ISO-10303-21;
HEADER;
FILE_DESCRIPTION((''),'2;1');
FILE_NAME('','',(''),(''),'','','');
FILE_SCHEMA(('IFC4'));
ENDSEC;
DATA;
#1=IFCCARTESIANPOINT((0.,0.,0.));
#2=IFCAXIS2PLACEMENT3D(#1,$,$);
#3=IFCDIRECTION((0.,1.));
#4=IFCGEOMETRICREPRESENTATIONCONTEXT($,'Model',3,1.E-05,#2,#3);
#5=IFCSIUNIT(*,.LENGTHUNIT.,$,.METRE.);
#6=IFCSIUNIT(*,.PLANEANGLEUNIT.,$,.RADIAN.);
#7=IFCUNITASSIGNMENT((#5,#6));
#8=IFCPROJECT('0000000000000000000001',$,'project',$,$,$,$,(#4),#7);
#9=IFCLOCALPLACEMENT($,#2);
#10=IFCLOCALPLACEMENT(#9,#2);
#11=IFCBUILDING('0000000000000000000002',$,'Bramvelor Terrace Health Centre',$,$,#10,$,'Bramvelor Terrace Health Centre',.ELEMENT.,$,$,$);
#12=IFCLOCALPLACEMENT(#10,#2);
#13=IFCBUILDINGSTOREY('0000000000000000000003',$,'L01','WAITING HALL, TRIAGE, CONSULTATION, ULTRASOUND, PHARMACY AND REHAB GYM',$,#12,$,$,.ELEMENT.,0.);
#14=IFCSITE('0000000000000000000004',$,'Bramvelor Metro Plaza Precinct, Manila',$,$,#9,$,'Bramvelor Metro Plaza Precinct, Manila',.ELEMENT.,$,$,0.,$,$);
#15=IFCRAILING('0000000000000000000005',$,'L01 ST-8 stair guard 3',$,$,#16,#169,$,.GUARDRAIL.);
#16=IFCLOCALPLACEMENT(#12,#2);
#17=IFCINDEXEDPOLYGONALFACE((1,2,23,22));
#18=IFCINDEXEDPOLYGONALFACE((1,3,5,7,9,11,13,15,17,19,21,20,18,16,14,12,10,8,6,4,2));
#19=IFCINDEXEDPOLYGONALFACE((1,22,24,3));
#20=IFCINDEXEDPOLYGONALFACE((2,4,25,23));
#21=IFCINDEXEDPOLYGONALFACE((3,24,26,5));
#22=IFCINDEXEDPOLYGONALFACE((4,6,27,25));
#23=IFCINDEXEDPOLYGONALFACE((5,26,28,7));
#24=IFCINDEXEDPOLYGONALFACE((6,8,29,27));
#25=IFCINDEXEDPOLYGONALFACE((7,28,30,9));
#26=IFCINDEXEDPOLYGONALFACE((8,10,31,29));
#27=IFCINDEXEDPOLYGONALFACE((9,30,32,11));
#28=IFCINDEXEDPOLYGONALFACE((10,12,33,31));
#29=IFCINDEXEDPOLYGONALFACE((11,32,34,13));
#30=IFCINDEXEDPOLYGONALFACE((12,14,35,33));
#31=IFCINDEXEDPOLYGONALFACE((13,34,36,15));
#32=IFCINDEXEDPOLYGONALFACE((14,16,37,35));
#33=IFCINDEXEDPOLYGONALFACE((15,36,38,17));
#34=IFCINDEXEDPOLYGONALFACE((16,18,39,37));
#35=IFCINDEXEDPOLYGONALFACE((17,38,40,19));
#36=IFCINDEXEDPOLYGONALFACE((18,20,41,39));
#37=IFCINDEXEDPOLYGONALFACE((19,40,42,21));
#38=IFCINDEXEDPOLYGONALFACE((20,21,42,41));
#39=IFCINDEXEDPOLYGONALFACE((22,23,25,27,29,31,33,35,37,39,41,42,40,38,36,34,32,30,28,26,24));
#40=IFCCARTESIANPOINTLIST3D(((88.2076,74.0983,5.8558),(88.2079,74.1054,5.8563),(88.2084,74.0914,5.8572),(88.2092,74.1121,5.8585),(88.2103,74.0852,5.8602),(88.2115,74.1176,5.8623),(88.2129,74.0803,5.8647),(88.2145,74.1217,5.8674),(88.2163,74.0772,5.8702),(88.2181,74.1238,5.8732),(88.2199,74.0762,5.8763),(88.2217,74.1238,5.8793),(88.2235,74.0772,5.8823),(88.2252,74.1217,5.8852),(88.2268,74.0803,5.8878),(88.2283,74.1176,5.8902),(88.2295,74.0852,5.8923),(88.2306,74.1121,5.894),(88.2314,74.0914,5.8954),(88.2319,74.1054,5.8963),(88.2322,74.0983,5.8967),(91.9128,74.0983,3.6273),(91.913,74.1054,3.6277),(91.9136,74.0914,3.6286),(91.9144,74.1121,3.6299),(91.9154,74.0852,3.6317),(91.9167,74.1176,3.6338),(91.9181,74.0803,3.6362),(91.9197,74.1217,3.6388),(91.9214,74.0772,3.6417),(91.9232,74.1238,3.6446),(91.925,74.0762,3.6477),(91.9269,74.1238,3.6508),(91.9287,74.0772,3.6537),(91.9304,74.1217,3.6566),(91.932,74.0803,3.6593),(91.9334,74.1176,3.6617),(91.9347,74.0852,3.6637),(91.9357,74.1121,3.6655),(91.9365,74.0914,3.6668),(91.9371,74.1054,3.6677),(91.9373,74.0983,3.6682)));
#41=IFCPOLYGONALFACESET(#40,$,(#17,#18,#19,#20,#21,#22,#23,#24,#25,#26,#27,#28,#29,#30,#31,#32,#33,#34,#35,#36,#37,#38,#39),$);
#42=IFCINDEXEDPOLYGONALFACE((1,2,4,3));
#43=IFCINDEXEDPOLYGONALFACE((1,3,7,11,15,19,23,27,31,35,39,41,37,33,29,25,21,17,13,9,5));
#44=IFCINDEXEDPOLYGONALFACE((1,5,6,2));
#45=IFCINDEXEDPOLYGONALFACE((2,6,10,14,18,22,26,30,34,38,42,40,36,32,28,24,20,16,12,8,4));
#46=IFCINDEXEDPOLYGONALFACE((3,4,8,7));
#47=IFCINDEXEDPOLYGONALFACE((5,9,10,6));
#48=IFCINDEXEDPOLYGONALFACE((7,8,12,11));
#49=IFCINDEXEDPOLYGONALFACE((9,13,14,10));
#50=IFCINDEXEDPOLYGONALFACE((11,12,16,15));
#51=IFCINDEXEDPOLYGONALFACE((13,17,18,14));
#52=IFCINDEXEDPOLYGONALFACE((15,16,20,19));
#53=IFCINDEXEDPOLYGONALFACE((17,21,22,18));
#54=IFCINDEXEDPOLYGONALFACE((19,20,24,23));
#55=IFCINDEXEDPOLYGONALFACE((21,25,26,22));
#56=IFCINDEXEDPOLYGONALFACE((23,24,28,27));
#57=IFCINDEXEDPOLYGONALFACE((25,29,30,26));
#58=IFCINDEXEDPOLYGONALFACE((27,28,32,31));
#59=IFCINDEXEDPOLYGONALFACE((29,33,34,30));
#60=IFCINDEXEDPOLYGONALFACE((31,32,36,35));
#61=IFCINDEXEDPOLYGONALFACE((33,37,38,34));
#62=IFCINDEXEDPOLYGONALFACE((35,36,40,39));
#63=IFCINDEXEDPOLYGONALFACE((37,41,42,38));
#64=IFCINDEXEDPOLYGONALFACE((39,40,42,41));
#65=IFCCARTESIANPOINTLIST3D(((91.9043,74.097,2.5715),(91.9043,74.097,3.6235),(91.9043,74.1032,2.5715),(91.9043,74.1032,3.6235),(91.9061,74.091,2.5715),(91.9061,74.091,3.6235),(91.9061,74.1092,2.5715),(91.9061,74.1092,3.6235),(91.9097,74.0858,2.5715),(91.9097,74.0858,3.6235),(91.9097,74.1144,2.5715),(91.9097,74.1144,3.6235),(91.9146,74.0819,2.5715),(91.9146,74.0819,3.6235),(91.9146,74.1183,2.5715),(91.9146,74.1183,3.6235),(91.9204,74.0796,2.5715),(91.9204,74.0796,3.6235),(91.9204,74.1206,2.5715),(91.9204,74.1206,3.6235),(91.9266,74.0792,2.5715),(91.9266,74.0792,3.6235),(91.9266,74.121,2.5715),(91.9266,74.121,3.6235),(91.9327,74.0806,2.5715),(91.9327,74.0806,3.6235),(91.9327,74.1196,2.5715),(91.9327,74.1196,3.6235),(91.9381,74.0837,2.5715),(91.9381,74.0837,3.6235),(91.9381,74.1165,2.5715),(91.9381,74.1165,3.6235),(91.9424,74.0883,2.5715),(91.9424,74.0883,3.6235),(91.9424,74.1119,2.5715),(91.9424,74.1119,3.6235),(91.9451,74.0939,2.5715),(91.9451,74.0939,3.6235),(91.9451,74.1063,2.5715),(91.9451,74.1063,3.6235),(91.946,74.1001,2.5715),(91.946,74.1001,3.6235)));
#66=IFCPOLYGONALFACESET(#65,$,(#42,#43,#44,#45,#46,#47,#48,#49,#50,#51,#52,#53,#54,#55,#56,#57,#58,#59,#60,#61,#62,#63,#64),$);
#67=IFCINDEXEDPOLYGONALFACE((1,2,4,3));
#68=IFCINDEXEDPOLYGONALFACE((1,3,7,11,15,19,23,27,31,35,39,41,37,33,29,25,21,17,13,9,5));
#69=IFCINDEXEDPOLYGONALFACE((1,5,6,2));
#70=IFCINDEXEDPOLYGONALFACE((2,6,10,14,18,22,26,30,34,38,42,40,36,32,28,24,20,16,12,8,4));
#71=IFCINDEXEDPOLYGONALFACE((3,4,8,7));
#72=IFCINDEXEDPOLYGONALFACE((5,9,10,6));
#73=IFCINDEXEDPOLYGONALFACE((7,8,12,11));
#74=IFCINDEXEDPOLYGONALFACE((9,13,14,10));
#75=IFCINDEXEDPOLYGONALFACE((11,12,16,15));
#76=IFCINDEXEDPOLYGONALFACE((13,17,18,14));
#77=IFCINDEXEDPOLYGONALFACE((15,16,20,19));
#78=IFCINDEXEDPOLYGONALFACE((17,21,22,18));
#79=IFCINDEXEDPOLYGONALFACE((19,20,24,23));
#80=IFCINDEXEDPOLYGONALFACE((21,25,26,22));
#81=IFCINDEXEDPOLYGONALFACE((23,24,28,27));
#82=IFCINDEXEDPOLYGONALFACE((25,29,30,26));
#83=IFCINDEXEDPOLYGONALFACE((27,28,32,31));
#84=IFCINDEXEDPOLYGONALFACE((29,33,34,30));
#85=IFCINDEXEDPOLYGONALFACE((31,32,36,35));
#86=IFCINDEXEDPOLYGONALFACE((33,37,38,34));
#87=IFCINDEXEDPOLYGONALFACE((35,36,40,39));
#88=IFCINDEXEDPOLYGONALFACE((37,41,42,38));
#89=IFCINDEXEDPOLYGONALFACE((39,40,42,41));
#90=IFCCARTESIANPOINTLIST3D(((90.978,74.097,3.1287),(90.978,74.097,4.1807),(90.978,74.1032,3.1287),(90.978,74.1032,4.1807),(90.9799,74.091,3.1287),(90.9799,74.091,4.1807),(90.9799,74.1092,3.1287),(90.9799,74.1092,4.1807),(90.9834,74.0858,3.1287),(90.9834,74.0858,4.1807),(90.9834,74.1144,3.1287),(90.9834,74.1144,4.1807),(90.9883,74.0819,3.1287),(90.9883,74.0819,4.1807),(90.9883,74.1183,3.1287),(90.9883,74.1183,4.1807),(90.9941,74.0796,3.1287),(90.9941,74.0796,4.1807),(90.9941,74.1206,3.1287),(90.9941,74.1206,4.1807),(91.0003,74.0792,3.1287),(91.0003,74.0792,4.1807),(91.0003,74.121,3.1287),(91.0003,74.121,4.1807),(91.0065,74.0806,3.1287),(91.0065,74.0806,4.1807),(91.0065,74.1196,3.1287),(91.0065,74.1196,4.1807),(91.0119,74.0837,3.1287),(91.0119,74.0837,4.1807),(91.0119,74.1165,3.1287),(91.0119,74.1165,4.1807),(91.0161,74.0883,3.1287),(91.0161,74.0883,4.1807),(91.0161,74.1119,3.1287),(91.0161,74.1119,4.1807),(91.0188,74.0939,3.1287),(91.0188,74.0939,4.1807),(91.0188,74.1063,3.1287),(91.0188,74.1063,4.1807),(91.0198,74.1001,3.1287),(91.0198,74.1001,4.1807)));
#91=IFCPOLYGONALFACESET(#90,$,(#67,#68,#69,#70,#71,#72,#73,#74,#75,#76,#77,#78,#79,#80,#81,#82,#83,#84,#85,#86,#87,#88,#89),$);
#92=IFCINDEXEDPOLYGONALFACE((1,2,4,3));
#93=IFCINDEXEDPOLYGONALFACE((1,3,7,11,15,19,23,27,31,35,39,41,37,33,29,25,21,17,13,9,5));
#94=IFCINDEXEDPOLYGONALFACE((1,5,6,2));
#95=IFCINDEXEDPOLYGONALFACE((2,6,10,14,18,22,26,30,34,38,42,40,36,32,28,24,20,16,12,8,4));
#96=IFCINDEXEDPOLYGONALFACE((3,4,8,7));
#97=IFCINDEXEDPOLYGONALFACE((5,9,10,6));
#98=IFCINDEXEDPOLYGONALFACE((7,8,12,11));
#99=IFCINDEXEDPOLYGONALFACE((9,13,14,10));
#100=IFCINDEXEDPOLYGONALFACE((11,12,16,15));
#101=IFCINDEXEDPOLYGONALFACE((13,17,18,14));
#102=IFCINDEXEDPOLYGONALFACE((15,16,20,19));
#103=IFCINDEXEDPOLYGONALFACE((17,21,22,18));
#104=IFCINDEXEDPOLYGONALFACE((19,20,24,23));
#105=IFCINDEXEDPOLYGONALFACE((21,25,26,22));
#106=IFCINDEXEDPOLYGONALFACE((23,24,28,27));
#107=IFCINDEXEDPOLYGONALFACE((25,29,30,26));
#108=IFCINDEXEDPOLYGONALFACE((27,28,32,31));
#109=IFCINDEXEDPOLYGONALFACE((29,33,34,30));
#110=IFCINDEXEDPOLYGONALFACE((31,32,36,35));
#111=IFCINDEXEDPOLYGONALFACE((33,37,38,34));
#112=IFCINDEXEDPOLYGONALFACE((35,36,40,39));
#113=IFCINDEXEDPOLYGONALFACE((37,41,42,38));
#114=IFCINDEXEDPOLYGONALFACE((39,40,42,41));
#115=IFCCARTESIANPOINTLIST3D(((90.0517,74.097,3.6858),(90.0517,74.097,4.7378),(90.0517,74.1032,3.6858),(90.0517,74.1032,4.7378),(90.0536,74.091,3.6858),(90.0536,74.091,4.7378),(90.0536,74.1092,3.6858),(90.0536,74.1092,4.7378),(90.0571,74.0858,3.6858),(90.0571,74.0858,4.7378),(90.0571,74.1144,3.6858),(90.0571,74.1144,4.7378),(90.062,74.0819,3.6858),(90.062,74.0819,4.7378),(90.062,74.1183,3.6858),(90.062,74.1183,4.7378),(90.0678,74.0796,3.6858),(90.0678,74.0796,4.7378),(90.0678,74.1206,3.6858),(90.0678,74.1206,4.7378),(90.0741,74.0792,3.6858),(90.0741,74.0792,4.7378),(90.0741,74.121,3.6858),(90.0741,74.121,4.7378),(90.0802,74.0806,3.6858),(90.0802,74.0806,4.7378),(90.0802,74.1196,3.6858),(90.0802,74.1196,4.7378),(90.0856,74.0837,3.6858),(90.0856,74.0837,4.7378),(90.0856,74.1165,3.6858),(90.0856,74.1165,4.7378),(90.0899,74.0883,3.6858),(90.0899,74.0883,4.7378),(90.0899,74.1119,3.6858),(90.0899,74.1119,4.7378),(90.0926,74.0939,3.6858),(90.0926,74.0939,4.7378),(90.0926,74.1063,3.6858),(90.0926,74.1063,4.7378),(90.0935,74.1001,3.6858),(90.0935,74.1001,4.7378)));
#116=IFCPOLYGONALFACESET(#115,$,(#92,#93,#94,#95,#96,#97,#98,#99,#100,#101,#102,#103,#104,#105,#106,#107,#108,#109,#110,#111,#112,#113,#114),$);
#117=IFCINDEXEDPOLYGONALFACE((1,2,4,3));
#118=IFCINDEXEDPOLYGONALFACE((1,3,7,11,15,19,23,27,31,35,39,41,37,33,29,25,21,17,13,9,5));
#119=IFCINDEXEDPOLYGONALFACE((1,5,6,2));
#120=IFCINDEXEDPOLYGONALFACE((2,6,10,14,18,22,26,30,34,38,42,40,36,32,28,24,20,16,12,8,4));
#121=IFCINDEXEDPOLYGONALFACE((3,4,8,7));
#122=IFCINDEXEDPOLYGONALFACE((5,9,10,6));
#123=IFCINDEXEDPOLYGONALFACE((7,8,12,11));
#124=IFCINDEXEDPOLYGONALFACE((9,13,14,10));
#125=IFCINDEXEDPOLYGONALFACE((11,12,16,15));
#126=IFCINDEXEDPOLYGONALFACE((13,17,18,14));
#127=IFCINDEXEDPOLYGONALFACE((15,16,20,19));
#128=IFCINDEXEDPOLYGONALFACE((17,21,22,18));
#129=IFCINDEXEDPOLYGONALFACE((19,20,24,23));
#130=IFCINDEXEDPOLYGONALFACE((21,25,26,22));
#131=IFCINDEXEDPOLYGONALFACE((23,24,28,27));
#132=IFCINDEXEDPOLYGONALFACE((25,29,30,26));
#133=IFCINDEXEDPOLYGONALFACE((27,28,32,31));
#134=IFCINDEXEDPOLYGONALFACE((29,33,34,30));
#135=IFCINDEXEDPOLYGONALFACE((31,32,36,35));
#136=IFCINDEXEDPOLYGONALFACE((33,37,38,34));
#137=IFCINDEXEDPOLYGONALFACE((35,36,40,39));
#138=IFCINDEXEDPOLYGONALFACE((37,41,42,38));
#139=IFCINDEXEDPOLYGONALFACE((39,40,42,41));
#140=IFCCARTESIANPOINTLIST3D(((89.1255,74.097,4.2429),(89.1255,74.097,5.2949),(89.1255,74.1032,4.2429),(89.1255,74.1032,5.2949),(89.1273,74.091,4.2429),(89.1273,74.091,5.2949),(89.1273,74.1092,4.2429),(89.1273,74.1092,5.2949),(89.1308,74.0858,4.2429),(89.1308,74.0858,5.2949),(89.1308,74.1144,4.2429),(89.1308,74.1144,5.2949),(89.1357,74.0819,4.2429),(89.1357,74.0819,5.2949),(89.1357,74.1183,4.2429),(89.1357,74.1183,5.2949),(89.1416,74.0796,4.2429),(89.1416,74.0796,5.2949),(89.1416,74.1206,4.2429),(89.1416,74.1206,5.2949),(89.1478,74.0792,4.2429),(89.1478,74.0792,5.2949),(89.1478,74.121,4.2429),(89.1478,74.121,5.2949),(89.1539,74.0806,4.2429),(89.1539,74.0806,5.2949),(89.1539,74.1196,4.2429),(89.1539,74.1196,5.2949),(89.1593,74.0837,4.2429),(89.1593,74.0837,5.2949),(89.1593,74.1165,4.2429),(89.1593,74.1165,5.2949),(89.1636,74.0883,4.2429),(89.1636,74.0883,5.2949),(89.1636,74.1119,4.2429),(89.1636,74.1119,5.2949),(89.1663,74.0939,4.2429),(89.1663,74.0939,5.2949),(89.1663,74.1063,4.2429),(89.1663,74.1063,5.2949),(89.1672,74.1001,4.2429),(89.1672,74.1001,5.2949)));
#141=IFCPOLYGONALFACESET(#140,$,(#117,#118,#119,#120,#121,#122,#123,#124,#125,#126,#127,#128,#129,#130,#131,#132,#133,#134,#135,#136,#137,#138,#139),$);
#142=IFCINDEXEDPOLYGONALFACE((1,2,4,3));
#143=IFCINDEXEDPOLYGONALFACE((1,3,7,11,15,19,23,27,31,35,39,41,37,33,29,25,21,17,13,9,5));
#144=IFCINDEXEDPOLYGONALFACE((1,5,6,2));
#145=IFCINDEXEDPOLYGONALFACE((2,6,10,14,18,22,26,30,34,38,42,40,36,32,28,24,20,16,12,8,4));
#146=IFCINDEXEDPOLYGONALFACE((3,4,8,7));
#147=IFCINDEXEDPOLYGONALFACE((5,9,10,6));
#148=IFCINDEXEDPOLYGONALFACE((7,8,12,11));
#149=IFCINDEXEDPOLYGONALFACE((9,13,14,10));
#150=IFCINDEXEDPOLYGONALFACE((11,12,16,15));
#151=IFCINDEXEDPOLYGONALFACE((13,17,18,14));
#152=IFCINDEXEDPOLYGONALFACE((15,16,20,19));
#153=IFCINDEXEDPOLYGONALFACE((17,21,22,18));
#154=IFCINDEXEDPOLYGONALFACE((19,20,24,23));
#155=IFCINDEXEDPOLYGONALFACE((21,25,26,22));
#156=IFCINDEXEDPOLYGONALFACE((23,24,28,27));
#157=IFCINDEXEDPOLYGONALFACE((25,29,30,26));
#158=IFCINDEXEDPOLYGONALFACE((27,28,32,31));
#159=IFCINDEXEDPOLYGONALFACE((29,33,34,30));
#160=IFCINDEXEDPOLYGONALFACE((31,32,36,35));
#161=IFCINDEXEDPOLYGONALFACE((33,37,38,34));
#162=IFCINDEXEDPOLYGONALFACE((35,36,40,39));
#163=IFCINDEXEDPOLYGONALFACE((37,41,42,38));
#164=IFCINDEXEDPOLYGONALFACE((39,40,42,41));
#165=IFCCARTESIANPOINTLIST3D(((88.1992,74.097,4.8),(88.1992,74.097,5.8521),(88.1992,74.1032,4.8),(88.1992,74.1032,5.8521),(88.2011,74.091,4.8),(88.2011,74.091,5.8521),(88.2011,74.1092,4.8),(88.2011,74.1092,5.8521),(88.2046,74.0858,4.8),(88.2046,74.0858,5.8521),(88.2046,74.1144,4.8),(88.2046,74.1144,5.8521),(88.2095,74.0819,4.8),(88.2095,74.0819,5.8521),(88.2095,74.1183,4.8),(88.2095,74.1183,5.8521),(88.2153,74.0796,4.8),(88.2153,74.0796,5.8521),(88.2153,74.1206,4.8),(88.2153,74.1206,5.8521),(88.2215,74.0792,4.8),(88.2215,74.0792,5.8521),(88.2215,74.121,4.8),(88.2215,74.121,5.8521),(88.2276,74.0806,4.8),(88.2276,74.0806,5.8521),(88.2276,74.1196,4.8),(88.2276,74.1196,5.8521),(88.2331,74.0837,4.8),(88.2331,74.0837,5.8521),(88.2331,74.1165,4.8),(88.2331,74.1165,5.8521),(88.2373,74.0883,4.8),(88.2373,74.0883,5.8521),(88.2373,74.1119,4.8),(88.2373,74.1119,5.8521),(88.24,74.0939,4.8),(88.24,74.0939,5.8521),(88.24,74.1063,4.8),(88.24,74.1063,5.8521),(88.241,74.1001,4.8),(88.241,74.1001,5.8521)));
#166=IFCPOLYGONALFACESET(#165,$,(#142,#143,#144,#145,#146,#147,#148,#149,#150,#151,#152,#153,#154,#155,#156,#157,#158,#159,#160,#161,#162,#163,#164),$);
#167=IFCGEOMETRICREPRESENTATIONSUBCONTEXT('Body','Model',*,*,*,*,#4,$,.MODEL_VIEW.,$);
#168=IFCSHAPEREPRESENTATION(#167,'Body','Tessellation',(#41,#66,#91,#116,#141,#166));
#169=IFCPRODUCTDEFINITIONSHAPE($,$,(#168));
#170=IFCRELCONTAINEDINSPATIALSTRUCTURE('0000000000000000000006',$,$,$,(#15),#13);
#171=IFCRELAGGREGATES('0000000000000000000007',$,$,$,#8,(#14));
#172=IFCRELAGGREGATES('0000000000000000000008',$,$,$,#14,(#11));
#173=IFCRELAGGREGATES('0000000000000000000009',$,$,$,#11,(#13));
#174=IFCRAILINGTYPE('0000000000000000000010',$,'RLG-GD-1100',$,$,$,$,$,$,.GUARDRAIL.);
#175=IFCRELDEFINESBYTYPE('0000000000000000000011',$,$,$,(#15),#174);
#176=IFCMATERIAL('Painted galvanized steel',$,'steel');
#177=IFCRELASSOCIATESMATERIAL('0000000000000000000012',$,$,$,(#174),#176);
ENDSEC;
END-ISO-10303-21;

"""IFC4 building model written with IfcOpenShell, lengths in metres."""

from ifc_helpers import new_model, si_unit, direction, frame, origin, origin_2d, place, context, subcontext, project, spatial, circle, extrude, material, type_object, element, save


model = new_model("IFC4")

# Units and contexts
model_context = context("Model", 3, precision=1e-05, world=origin(), true_north=direction((0.0, 1.0)))
body_context = subcontext(model_context, "Body", "Model", "MODEL_VIEW")
ifc_project = project(units=[si_unit("LENGTHUNIT", "METRE"), si_unit("PLANEANGLEUNIT", "RADIAN")], contexts=[model_context])

# Site, building, storey
site_placement = place(None, origin())
site = spatial("IfcSite", under=ifc_project, at=site_placement, Name="Bramvelor Metro Plaza Precinct, Manila", LongName="Bramvelor Metro Plaza Precinct, Manila", CompositionType="ELEMENT", RefElevation=0.0)
building_placement = place(site_placement, origin())
building = spatial("IfcBuilding", under=site, at=building_placement, Name="Bramvelor Terrace Health Centre", LongName="Bramvelor Terrace Health Centre", CompositionType="ELEMENT")
storey_placement = place(building_placement, origin())
storey = spatial("IfcBuildingStorey", under=building, at=storey_placement, Name="L01", Description="WAITING HALL, TRIAGE, CONSULTATION, ULTRASOUND, PHARMACY AND REHAB GYM", CompositionType="ELEMENT", Elevation=0.0)

# Railing
ifc_material_1 = material(Name="Painted galvanized steel", Category="steel")
railing_type_1 = type_object("IfcRailingType", Name="RLG-GD-1100", PredefinedType="GUARDRAIL", material=ifc_material_1)
railing_1_placement = place(storey_placement, frame((91.925, 74.1001, 2.5715)))
element("IfcRailing", 1, at=railing_1_placement, inside=storey, type_object=railing_type_1, Name="L01 ST-8 stair guard 3", PredefinedType="GUARDRAIL", context=body_context, shape_type="SweptSolid", body=[
    extrude(circle(Radius=0.0239, at=origin_2d()), frame((0.0, 0.0, 1.0762), z_axis=(-0.856934, 0.0, 0.515425), x_axis=(0.0, -1.0, 0.0)), (0.0, 0.0, 1.0), 4.3237),
    extrude(circle(Radius=0.021, at=origin_2d()), origin(), (0.0, 0.0, 1.0), 1.052),
    extrude(circle(Radius=0.021, at=origin_2d()), frame((-0.9263, 0.0, 0.5571)), (0.0, 0.0, 1.0), 1.052),
    extrude(circle(Radius=0.021, at=origin_2d()), frame((-1.8525, 0.0, 1.1143)), (0.0, 0.0, 1.0), 1.052),
    extrude(circle(Radius=0.021, at=origin_2d()), frame((-2.7788, 0.0, 1.6714)), (0.0, 0.0, 1.0), 1.052),
    extrude(circle(Radius=0.021, at=origin_2d()), frame((-3.7051, 0.0, 2.2285)), (0.0, 0.0, 1.0), 1.052),
])

save(model, "model.ifc")
